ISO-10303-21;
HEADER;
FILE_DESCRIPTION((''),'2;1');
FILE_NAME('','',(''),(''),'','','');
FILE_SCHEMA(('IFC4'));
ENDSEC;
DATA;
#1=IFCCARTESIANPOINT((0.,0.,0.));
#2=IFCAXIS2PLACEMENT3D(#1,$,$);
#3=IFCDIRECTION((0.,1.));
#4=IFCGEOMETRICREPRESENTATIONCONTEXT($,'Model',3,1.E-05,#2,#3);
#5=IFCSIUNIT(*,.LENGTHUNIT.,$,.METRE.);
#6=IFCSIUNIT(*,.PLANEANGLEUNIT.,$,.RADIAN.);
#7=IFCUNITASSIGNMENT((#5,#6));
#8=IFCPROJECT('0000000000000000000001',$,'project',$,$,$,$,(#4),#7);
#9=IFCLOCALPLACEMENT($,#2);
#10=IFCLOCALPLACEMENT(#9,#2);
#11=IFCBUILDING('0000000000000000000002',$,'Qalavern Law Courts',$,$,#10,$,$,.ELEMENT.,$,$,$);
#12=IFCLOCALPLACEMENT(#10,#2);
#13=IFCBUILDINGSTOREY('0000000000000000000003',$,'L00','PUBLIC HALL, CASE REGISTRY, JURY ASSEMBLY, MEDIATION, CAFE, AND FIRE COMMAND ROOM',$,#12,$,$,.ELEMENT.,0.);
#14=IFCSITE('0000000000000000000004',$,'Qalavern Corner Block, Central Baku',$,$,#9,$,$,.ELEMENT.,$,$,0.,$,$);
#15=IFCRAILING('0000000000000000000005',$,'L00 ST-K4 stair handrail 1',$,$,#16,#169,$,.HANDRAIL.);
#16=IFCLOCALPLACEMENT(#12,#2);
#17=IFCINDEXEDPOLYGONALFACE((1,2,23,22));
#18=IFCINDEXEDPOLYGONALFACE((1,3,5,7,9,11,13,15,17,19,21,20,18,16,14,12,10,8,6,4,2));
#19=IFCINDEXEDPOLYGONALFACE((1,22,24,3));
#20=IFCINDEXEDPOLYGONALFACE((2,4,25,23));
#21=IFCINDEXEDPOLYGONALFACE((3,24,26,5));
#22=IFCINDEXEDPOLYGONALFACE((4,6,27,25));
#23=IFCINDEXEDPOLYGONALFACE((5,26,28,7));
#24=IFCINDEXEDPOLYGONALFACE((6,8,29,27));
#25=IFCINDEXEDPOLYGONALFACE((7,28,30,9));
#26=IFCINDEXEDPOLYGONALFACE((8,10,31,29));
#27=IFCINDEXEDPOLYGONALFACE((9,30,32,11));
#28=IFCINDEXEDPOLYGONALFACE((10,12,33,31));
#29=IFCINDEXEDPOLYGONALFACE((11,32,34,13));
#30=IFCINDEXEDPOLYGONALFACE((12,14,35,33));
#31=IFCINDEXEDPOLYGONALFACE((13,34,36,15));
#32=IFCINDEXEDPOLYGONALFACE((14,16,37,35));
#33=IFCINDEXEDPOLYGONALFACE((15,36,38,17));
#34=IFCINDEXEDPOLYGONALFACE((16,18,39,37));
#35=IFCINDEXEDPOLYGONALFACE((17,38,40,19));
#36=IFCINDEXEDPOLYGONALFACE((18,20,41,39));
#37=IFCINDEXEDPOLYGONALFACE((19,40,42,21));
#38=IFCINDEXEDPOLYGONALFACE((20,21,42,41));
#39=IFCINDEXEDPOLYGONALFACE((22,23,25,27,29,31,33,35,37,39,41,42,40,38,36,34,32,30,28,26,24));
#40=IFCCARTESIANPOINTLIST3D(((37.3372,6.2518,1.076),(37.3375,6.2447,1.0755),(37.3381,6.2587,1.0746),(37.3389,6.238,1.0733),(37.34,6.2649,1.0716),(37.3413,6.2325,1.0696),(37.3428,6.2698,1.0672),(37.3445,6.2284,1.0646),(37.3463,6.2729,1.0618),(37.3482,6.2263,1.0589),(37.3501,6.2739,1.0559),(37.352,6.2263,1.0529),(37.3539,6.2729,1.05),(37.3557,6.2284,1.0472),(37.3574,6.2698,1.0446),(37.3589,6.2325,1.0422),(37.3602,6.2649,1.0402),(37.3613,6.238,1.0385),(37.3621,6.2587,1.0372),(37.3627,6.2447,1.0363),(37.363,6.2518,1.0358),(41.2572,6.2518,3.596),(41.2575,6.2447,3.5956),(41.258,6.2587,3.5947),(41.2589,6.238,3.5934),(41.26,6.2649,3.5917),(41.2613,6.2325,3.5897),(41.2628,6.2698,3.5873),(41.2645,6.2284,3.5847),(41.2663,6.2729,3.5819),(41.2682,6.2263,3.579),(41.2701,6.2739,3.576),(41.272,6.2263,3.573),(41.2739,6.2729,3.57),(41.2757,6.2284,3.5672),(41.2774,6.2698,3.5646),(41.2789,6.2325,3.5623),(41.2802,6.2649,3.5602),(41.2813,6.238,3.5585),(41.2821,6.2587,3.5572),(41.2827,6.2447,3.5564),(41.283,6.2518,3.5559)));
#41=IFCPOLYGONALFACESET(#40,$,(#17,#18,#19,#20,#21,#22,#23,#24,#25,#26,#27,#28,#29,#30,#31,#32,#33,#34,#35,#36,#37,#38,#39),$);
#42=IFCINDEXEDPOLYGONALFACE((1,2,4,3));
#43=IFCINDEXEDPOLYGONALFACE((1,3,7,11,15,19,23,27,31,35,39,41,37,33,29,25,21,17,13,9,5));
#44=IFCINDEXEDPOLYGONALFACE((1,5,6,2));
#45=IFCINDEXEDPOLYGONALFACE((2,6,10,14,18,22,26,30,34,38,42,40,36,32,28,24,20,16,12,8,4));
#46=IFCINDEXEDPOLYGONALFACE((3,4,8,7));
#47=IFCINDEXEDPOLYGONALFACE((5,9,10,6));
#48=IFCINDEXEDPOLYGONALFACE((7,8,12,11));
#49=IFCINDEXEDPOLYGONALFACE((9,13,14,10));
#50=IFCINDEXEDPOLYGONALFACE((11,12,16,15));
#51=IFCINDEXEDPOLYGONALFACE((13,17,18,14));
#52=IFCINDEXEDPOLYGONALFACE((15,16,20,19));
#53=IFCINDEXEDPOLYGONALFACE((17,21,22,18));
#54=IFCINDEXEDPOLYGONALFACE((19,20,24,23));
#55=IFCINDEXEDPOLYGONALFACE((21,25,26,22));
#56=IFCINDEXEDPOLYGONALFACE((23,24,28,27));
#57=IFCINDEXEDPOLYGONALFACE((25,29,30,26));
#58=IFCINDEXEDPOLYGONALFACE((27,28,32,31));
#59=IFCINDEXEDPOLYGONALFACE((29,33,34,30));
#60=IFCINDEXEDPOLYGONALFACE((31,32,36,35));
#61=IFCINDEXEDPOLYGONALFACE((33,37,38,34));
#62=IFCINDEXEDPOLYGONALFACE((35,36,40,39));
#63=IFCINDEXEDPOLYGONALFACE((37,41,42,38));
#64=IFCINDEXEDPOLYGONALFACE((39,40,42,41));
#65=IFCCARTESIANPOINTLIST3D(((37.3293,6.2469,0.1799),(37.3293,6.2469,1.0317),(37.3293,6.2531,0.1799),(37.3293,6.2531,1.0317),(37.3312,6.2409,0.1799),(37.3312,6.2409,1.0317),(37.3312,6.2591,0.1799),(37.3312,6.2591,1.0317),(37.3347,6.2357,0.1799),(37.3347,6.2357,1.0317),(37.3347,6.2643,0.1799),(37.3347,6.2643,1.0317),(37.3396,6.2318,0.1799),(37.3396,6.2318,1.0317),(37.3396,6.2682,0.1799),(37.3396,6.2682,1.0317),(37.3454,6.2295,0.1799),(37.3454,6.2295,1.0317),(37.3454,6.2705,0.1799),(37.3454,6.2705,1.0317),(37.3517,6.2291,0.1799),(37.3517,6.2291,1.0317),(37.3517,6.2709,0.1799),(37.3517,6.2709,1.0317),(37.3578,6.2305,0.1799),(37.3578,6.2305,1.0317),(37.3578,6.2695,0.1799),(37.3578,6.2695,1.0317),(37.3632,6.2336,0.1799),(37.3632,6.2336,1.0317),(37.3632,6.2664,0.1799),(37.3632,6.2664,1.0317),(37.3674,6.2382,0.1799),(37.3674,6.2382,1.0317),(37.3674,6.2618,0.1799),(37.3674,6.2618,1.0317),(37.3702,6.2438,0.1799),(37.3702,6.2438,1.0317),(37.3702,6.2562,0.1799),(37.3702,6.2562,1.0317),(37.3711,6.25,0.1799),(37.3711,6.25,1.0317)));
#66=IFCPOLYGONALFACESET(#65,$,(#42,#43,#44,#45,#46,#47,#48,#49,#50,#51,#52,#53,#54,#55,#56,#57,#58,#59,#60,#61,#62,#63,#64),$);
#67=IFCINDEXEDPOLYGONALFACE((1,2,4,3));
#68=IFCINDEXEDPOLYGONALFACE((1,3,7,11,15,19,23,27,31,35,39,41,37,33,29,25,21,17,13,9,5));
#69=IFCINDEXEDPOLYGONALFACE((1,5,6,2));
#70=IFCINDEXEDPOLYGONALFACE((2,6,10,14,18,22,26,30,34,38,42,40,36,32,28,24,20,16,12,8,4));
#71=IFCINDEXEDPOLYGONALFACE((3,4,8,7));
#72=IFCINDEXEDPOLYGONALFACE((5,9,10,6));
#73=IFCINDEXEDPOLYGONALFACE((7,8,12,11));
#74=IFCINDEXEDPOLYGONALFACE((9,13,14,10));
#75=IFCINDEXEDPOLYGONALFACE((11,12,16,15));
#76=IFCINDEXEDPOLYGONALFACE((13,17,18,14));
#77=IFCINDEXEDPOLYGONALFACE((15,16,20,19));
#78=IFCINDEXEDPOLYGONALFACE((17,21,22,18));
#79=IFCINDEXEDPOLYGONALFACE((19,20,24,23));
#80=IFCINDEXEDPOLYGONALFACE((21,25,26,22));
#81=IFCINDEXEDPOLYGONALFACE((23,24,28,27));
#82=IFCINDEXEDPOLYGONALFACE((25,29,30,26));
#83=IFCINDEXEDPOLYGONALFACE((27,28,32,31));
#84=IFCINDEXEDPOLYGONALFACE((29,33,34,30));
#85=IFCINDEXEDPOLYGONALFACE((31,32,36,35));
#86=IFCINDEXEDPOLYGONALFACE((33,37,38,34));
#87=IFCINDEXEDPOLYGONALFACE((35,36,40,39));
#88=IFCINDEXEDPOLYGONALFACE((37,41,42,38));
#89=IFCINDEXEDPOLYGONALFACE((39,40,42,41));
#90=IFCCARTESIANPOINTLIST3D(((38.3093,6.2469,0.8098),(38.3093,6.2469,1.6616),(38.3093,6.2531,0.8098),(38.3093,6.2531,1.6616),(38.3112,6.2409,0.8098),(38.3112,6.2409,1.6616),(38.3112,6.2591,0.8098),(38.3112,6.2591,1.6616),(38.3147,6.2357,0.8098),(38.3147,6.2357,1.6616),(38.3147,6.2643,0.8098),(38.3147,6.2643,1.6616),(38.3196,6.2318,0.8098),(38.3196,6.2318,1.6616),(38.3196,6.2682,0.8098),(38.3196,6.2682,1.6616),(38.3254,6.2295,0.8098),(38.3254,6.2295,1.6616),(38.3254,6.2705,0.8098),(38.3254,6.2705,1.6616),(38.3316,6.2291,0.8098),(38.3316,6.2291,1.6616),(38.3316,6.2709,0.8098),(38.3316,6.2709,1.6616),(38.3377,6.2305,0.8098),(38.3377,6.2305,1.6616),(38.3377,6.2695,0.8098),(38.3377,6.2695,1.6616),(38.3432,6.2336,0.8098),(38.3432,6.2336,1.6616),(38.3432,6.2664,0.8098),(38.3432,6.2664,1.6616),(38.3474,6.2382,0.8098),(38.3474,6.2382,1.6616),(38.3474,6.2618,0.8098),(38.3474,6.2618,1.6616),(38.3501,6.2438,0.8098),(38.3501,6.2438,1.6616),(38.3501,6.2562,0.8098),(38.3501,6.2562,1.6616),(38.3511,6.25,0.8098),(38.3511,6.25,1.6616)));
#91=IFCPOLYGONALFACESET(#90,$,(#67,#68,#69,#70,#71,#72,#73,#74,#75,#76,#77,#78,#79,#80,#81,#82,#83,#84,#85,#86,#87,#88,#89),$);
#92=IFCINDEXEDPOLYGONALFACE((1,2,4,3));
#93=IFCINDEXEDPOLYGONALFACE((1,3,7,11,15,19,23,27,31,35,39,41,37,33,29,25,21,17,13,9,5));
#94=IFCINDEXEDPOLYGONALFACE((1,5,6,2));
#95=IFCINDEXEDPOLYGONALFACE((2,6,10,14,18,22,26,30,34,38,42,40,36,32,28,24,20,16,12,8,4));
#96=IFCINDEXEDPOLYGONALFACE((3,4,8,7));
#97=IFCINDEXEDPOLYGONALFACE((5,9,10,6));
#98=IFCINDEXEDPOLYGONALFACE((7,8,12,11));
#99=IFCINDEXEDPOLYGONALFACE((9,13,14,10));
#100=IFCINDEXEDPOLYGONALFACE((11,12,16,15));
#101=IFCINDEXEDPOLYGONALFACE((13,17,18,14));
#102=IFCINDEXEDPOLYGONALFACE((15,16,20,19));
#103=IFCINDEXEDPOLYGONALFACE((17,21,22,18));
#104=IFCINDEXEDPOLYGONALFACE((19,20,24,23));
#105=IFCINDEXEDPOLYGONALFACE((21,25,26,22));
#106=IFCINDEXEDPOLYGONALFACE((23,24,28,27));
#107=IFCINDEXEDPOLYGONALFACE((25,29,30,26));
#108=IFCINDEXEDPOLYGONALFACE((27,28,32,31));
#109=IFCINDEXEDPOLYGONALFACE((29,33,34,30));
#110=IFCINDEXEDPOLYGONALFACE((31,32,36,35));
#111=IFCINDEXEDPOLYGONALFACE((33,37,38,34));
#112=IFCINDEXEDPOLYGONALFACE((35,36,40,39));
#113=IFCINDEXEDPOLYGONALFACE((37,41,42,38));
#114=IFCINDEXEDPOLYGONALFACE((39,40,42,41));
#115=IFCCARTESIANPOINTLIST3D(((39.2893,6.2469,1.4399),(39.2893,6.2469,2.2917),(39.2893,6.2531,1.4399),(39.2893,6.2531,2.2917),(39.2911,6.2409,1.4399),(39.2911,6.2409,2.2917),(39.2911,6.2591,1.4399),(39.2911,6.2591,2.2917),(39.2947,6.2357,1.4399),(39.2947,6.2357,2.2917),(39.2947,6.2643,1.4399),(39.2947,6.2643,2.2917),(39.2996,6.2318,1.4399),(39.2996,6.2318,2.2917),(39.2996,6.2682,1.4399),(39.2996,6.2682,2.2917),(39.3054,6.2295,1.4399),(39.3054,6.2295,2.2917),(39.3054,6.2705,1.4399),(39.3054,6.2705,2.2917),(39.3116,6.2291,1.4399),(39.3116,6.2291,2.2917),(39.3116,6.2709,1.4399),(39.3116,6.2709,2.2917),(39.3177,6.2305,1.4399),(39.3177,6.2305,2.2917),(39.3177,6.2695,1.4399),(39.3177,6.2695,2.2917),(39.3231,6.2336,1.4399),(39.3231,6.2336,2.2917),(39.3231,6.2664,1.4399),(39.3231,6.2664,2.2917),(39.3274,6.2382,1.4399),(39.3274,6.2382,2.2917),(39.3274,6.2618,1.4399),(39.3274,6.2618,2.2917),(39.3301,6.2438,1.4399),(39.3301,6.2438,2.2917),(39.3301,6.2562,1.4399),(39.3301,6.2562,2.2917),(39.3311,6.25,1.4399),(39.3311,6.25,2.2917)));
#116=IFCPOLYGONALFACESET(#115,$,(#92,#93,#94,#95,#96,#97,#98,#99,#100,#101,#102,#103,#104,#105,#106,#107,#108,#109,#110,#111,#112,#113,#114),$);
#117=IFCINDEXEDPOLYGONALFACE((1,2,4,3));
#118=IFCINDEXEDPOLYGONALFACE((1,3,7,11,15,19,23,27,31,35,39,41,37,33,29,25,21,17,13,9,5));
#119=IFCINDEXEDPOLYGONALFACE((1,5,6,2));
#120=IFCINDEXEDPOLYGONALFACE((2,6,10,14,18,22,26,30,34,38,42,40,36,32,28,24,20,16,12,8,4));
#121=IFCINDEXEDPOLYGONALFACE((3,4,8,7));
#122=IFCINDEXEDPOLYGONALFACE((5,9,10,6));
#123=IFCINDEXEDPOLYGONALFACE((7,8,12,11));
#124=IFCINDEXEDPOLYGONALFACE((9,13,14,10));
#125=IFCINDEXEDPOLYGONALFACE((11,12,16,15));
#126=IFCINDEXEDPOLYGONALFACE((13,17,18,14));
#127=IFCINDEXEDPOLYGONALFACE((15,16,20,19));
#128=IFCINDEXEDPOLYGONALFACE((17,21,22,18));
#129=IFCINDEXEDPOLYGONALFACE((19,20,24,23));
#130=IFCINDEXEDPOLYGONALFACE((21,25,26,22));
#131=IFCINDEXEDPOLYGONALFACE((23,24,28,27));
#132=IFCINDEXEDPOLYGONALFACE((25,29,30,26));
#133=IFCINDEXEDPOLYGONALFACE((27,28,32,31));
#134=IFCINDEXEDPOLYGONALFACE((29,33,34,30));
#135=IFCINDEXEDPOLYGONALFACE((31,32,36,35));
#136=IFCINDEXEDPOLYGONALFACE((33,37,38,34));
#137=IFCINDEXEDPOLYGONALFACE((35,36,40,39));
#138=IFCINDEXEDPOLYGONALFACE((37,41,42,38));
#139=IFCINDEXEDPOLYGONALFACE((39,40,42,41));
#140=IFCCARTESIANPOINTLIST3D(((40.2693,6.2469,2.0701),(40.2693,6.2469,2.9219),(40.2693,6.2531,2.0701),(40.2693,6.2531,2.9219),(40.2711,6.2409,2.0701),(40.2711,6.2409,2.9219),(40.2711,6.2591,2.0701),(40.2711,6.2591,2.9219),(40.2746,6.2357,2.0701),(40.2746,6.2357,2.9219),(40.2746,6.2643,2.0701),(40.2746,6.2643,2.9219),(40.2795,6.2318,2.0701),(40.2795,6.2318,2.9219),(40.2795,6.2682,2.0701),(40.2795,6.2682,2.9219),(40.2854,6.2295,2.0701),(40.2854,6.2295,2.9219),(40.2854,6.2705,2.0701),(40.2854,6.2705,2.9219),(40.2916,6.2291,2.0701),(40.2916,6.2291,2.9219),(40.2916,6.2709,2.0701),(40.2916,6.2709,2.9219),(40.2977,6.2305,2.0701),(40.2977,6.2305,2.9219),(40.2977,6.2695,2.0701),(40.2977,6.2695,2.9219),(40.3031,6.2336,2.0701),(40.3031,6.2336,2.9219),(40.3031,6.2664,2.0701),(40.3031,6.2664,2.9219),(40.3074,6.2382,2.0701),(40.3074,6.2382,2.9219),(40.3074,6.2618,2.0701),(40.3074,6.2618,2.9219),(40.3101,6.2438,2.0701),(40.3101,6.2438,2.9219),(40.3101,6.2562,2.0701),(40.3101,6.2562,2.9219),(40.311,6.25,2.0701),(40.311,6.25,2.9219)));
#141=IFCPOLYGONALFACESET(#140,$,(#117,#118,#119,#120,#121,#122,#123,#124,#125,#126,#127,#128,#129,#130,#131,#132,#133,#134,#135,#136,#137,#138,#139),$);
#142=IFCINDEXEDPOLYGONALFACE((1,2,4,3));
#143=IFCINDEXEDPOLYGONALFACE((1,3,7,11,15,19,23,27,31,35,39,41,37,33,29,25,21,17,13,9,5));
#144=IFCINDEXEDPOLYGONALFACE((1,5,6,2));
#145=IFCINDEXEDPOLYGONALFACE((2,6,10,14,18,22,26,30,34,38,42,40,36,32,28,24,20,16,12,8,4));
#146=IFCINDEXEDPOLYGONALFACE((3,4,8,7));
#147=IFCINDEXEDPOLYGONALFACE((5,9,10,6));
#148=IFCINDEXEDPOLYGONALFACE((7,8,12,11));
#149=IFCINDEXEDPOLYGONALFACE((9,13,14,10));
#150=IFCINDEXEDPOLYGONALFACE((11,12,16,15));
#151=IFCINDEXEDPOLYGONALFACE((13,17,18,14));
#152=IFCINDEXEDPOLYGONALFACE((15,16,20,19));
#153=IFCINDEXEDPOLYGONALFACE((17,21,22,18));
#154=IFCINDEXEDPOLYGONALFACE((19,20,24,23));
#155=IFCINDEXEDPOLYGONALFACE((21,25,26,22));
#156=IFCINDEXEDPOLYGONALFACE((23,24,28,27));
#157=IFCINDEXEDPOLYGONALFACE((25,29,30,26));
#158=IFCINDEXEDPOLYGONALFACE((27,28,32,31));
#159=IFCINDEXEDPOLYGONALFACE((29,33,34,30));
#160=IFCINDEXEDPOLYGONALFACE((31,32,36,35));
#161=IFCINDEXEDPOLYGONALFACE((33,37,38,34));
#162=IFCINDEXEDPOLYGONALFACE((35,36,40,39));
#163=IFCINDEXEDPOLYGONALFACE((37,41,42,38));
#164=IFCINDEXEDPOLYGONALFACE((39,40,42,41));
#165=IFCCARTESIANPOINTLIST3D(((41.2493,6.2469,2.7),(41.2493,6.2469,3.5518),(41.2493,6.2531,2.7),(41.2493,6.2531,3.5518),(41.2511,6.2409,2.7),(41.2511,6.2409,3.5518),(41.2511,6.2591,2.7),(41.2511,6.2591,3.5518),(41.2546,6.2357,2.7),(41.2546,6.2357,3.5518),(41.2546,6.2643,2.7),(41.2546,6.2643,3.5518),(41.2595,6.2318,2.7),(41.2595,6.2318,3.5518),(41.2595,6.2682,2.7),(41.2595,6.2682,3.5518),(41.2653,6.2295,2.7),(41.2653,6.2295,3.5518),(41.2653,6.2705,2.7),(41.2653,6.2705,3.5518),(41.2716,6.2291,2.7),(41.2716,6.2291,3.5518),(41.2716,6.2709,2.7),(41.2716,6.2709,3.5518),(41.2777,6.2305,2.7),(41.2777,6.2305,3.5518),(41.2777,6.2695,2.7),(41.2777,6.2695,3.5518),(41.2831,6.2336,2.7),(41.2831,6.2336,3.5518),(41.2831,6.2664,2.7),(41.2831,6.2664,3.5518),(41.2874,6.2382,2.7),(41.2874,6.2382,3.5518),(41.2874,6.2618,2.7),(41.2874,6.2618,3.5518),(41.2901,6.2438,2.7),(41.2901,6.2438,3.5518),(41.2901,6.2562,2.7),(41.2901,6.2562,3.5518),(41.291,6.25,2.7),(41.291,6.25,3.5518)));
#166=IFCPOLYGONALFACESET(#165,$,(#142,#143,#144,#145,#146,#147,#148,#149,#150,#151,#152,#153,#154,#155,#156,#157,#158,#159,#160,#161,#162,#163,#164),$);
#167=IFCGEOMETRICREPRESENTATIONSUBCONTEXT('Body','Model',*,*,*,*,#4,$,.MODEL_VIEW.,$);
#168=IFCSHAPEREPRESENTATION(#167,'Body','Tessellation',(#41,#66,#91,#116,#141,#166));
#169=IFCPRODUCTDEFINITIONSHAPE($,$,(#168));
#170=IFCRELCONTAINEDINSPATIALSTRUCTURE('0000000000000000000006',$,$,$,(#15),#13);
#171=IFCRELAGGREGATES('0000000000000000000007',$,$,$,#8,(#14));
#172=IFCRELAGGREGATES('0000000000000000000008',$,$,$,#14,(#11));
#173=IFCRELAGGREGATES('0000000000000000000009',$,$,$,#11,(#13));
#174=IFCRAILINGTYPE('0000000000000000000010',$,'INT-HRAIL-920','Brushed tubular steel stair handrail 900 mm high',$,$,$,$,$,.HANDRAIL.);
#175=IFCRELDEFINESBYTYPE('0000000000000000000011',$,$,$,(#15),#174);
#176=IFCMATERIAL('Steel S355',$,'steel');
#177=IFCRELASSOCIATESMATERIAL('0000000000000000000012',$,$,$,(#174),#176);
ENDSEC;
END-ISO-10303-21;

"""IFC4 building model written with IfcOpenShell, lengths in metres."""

from ifc_helpers import new_model, si_unit, direction, frame, origin, origin_2d, place, context, subcontext, project, spatial, circle, extrude, material, type_object, element, save


model = new_model("IFC4")

# Units and contexts
model_context = context("Model", 3, precision=1e-05, world=origin(), true_north=direction((0.0, 1.0)))
body_context = subcontext(model_context, "Body", "Model", "MODEL_VIEW")
ifc_project = project(units=[si_unit("LENGTHUNIT", "METRE"), si_unit("PLANEANGLEUNIT", "RADIAN")], contexts=[model_context])

# Site, building, storey
site_placement = place(None, origin())
site = spatial("IfcSite", under=ifc_project, at=site_placement, Name="Qalavern Corner Block, Central Baku", CompositionType="ELEMENT", RefElevation=0.0)
building_placement = place(site_placement, origin())
building = spatial("IfcBuilding", under=site, at=building_placement, Name="Qalavern Law Courts", CompositionType="ELEMENT")
storey_placement = place(building_placement, origin())
storey = spatial("IfcBuildingStorey", under=building, at=storey_placement, Name="L00", Description="PUBLIC HALL, CASE REGISTRY, JURY ASSEMBLY, MEDIATION, CAFE, AND FIRE COMMAND ROOM", CompositionType="ELEMENT", Elevation=0.0)

# Railing
ifc_material_1 = material(Name="Steel S355", Category="steel")
railing_type = type_object("IfcRailingType", Name="INT-HRAIL-920", Description="Brushed tubular steel stair handrail 900 mm high", PredefinedType="HANDRAIL", material=ifc_material_1)
railing_placement = place(storey_placement, frame((37.3501, 6.25, 0.1799)))
element("IfcRailing", 1, at=railing_placement, inside=storey, type_object=railing_type, Name="L00 ST-K4 stair handrail 1", PredefinedType="HANDRAIL", context=body_context, shape_type="SweptSolid", body=[
    extrude(circle(Radius=0.0239, at=origin_2d()), frame((0.0, 0.0, 0.876), z_axis=(0.841172, 0.0, 0.540768), x_axis=(0.0, 1.0, 0.0)), (0.0, 0.0, 1.0), 4.6602),
    extrude(circle(Radius=0.021, at=origin_2d()), origin(), (0.0, 0.0, 1.0), 0.8518),
    extrude(circle(Radius=0.021, at=origin_2d()), frame((0.98, 0.0, 0.6299)), (0.0, 0.0, 1.0), 0.8518),
    extrude(circle(Radius=0.021, at=origin_2d()), frame((1.96, 0.0, 1.26)), (0.0, 0.0, 1.0), 0.8518),
    extrude(circle(Radius=0.021, at=origin_2d()), frame((2.9399, 0.0, 1.8901)), (0.0, 0.0, 1.0), 0.8518),
    extrude(circle(Radius=0.021, at=origin_2d()), frame((3.9199, 0.0, 2.52)), (0.0, 0.0, 1.0), 0.8518),
])

save(model, "model.ifc")
